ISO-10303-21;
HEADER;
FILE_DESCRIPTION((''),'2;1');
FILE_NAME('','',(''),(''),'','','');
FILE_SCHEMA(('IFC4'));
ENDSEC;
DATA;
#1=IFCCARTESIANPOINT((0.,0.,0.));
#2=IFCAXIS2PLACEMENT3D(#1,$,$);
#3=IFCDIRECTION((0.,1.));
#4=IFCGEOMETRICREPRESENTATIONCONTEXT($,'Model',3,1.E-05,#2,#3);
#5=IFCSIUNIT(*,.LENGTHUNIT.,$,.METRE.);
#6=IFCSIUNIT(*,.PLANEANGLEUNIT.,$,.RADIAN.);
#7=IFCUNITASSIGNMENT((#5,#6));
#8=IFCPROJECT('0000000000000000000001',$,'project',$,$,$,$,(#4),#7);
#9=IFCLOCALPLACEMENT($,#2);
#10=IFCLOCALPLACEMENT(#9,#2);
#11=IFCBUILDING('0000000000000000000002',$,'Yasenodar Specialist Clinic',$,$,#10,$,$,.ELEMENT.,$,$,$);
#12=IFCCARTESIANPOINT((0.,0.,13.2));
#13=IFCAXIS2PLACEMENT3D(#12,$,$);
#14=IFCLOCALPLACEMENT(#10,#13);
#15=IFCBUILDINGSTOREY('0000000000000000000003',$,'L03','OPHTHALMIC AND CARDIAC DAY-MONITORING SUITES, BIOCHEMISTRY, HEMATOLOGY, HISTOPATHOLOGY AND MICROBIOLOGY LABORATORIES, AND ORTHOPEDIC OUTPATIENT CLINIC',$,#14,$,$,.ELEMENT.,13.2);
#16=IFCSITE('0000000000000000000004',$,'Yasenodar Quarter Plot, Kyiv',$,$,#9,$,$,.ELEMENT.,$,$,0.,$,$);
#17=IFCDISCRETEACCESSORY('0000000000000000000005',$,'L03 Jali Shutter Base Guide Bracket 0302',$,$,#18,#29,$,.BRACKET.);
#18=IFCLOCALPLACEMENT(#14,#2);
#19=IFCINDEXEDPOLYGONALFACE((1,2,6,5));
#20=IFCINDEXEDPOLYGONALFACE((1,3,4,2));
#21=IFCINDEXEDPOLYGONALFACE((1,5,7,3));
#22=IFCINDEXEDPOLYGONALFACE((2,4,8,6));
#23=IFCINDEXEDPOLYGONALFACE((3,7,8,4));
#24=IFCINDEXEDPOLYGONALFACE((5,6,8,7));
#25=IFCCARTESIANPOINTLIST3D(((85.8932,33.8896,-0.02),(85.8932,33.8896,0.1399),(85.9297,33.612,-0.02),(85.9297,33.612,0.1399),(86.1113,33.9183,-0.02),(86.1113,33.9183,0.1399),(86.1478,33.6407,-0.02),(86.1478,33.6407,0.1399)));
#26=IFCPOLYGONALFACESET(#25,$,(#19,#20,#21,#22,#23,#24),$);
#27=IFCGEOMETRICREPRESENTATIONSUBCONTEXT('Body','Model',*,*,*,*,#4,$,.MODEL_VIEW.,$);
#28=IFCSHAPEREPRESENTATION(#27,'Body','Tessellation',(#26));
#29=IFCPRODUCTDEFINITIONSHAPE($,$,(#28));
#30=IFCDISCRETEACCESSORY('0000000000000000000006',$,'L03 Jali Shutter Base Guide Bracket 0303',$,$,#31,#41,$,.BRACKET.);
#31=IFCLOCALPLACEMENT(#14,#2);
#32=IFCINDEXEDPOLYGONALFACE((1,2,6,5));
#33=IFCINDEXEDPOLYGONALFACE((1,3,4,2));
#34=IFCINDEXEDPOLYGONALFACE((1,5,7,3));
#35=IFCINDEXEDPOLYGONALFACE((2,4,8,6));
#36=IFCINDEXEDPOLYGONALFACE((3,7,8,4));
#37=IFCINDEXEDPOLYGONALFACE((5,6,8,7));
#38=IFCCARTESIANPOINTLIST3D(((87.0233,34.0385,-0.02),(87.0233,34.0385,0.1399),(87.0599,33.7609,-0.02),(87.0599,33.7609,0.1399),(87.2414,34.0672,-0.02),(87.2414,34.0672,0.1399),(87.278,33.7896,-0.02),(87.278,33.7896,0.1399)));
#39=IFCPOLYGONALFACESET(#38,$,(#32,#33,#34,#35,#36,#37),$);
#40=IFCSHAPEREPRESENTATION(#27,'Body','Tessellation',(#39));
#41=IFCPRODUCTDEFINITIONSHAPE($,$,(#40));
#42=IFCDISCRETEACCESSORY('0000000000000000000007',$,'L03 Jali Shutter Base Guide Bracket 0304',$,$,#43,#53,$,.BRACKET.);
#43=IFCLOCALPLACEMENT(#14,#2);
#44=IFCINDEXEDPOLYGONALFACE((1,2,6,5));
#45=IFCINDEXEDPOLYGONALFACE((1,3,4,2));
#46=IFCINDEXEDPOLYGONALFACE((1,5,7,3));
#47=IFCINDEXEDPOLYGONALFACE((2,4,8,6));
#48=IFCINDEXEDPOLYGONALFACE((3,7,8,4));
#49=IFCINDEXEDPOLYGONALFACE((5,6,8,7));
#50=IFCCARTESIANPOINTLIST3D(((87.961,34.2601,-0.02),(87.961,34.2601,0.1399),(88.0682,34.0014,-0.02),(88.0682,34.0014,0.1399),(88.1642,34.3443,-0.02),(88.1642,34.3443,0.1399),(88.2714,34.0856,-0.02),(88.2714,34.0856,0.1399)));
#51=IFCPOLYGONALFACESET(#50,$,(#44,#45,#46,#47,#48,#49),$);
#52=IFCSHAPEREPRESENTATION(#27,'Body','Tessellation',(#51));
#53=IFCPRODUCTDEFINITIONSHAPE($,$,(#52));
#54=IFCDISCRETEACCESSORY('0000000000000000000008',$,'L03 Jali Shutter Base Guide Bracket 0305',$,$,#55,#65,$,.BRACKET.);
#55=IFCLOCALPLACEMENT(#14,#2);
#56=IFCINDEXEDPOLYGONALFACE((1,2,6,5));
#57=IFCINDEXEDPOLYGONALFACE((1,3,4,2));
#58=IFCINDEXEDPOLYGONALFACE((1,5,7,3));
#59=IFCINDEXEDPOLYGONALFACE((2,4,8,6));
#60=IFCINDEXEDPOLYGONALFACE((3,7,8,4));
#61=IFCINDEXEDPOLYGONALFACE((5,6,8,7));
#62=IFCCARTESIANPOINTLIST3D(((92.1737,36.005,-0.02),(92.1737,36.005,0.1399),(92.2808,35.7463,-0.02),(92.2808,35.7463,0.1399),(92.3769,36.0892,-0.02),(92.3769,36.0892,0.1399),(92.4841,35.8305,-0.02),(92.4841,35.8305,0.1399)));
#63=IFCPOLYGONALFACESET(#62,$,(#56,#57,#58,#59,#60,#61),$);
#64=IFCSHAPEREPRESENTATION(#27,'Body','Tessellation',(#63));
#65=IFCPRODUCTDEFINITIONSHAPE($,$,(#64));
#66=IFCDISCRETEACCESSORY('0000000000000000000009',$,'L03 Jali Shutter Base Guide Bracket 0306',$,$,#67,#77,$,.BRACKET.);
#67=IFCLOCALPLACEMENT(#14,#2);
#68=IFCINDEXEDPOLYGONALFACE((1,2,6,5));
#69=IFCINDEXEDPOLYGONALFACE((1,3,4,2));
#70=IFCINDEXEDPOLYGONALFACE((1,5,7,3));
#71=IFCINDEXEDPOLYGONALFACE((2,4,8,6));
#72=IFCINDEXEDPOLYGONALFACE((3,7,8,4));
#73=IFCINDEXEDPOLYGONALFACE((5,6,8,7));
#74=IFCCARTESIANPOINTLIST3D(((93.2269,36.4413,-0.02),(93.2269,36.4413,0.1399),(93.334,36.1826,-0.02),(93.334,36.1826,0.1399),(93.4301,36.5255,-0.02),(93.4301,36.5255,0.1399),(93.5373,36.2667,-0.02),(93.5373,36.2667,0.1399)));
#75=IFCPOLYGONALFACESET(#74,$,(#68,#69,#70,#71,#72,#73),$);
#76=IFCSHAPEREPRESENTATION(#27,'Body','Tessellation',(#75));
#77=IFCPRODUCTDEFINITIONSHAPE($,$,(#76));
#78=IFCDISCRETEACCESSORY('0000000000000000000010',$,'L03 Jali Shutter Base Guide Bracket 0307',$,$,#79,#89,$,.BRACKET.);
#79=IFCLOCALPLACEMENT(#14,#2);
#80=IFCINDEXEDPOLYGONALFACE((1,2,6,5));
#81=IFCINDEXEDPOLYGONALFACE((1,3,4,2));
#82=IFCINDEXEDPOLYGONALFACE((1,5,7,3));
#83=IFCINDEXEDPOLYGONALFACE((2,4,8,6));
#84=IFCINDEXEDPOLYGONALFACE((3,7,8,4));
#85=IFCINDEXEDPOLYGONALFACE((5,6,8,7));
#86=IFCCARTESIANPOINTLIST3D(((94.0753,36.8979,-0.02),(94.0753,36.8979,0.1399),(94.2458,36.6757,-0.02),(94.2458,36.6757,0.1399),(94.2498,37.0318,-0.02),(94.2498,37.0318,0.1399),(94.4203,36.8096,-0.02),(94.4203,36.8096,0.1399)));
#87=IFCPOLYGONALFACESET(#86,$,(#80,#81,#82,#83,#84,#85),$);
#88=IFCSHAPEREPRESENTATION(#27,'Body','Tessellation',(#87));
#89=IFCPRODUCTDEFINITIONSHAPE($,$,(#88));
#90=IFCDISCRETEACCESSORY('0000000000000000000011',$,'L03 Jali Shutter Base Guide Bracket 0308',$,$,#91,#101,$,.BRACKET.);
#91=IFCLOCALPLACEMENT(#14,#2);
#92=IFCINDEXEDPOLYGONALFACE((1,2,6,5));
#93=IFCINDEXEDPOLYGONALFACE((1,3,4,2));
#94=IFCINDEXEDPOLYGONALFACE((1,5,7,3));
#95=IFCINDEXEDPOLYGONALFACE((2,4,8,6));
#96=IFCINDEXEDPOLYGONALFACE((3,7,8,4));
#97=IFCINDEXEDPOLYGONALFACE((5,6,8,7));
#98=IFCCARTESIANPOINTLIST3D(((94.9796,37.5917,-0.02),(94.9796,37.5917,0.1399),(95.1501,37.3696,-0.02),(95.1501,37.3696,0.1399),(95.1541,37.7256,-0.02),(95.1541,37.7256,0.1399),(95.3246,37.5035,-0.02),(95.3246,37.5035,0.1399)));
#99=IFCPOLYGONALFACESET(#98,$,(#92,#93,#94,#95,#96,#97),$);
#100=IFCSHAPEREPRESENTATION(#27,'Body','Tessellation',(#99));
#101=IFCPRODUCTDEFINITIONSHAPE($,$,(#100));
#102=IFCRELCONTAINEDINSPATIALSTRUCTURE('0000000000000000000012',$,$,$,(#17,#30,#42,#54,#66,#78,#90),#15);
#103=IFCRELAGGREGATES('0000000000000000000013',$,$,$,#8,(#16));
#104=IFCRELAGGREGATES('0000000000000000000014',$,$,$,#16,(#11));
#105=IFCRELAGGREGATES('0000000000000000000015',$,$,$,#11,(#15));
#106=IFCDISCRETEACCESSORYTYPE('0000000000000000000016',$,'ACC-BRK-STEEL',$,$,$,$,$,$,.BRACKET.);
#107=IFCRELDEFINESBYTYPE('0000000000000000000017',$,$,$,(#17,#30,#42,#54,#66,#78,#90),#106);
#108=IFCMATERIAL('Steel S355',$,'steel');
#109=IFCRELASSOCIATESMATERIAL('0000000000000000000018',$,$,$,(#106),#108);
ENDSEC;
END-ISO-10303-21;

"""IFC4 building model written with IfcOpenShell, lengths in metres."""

from ifc_helpers import new_model, si_unit, direction, frame, origin, origin_2d, place, context, subcontext, project, spatial, rectangle, extrude, material, type_object, element, save


model = new_model("IFC4")

# Units and contexts
model_context = context("Model", 3, precision=1e-05, world=origin(), true_north=direction((0.0, 1.0)))
body_context = subcontext(model_context, "Body", "Model", "MODEL_VIEW")
ifc_project = project(units=[si_unit("LENGTHUNIT", "METRE"), si_unit("PLANEANGLEUNIT", "RADIAN")], contexts=[model_context])

# Site, building, storey
site_placement = place(None, origin())
site = spatial("IfcSite", under=ifc_project, at=site_placement, Name="Yasenodar Quarter Plot, Kyiv", CompositionType="ELEMENT", RefElevation=0.0)
building_placement = place(site_placement, origin())
building = spatial("IfcBuilding", under=site, at=building_placement, Name="Yasenodar Specialist Clinic", CompositionType="ELEMENT")
storey_placement = place(building_placement, frame((0.0, 0.0, 13.2)))
storey = spatial("IfcBuildingStorey", under=building, at=storey_placement, Name="L03", Description="OPHTHALMIC AND CARDIAC DAY-MONITORING SUITES, BIOCHEMISTRY, HEMATOLOGY, HISTOPATHOLOGY AND MICROBIOLOGY LABORATORIES, AND ORTHOPEDIC OUTPATIENT CLINIC", CompositionType="ELEMENT", Elevation=13.2)

# Shared definitions
ifc_material_1 = material(Name="Steel S355", Category="steel")

# Discrete accessories
discrete_accessory_type = type_object("IfcDiscreteAccessoryType", Name="ACC-BRK-STEEL", PredefinedType="BRACKET", material=ifc_material_1)
for number, where, z_axis, x_axis, name in (
    (1, (86.0205, 33.7651, -0.02), (0.0, 0.0, 1.0), (0.991446, 0.130519, 0.0), "L03 Jali Shutter Base Guide Bracket 0302"),
    (2, (87.1506, 33.9141, -0.02), (0.0, 0.0, 1.0), (0.991446, 0.130519, 0.0), "L03 Jali Shutter Base Guide Bracket 0303"),
    (3, (88.1162, 34.1729, -0.02), (0.0, 0.0, 1.0), (0.923878, 0.382687, 0.0), "L03 Jali Shutter Base Guide Bracket 0304"),
    (4, (92.3289, 35.9177, -0.02), (0.0, 0.0, 1.0), (0.923878, 0.382687, 0.0), "L03 Jali Shutter Base Guide Bracket 0305"),
    (5, (93.3821, 36.354, -0.02), (0.0, 0.0, 1.0), (0.923878, 0.382687, 0.0), "L03 Jali Shutter Base Guide Bracket 0306"),
    (6, (94.2478, 36.8538, -0.02), (0.0, 0.0, 1.0), (0.793351, 0.608764, 0.0), "L03 Jali Shutter Base Guide Bracket 0307"),
    (7, (95.1521, 37.5476, -0.02), (0.0, 0.0, 1.0), (0.793351, 0.608764, 0.0), "L03 Jali Shutter Base Guide Bracket 0308"),
):
    element("IfcDiscreteAccessory", number, at=place(storey_placement, frame(where, z_axis=z_axis, x_axis=x_axis)), inside=storey, type_object=discrete_accessory_type, Name=name, PredefinedType="BRACKET", context=body_context, shape_type="SweptSolid", body=[
        extrude(rectangle(XDim=0.22, YDim=0.28, at=origin_2d()), origin(), (0.0, 0.0, 1.0), 0.1599),
    ])

save(model, "model.ifc")
